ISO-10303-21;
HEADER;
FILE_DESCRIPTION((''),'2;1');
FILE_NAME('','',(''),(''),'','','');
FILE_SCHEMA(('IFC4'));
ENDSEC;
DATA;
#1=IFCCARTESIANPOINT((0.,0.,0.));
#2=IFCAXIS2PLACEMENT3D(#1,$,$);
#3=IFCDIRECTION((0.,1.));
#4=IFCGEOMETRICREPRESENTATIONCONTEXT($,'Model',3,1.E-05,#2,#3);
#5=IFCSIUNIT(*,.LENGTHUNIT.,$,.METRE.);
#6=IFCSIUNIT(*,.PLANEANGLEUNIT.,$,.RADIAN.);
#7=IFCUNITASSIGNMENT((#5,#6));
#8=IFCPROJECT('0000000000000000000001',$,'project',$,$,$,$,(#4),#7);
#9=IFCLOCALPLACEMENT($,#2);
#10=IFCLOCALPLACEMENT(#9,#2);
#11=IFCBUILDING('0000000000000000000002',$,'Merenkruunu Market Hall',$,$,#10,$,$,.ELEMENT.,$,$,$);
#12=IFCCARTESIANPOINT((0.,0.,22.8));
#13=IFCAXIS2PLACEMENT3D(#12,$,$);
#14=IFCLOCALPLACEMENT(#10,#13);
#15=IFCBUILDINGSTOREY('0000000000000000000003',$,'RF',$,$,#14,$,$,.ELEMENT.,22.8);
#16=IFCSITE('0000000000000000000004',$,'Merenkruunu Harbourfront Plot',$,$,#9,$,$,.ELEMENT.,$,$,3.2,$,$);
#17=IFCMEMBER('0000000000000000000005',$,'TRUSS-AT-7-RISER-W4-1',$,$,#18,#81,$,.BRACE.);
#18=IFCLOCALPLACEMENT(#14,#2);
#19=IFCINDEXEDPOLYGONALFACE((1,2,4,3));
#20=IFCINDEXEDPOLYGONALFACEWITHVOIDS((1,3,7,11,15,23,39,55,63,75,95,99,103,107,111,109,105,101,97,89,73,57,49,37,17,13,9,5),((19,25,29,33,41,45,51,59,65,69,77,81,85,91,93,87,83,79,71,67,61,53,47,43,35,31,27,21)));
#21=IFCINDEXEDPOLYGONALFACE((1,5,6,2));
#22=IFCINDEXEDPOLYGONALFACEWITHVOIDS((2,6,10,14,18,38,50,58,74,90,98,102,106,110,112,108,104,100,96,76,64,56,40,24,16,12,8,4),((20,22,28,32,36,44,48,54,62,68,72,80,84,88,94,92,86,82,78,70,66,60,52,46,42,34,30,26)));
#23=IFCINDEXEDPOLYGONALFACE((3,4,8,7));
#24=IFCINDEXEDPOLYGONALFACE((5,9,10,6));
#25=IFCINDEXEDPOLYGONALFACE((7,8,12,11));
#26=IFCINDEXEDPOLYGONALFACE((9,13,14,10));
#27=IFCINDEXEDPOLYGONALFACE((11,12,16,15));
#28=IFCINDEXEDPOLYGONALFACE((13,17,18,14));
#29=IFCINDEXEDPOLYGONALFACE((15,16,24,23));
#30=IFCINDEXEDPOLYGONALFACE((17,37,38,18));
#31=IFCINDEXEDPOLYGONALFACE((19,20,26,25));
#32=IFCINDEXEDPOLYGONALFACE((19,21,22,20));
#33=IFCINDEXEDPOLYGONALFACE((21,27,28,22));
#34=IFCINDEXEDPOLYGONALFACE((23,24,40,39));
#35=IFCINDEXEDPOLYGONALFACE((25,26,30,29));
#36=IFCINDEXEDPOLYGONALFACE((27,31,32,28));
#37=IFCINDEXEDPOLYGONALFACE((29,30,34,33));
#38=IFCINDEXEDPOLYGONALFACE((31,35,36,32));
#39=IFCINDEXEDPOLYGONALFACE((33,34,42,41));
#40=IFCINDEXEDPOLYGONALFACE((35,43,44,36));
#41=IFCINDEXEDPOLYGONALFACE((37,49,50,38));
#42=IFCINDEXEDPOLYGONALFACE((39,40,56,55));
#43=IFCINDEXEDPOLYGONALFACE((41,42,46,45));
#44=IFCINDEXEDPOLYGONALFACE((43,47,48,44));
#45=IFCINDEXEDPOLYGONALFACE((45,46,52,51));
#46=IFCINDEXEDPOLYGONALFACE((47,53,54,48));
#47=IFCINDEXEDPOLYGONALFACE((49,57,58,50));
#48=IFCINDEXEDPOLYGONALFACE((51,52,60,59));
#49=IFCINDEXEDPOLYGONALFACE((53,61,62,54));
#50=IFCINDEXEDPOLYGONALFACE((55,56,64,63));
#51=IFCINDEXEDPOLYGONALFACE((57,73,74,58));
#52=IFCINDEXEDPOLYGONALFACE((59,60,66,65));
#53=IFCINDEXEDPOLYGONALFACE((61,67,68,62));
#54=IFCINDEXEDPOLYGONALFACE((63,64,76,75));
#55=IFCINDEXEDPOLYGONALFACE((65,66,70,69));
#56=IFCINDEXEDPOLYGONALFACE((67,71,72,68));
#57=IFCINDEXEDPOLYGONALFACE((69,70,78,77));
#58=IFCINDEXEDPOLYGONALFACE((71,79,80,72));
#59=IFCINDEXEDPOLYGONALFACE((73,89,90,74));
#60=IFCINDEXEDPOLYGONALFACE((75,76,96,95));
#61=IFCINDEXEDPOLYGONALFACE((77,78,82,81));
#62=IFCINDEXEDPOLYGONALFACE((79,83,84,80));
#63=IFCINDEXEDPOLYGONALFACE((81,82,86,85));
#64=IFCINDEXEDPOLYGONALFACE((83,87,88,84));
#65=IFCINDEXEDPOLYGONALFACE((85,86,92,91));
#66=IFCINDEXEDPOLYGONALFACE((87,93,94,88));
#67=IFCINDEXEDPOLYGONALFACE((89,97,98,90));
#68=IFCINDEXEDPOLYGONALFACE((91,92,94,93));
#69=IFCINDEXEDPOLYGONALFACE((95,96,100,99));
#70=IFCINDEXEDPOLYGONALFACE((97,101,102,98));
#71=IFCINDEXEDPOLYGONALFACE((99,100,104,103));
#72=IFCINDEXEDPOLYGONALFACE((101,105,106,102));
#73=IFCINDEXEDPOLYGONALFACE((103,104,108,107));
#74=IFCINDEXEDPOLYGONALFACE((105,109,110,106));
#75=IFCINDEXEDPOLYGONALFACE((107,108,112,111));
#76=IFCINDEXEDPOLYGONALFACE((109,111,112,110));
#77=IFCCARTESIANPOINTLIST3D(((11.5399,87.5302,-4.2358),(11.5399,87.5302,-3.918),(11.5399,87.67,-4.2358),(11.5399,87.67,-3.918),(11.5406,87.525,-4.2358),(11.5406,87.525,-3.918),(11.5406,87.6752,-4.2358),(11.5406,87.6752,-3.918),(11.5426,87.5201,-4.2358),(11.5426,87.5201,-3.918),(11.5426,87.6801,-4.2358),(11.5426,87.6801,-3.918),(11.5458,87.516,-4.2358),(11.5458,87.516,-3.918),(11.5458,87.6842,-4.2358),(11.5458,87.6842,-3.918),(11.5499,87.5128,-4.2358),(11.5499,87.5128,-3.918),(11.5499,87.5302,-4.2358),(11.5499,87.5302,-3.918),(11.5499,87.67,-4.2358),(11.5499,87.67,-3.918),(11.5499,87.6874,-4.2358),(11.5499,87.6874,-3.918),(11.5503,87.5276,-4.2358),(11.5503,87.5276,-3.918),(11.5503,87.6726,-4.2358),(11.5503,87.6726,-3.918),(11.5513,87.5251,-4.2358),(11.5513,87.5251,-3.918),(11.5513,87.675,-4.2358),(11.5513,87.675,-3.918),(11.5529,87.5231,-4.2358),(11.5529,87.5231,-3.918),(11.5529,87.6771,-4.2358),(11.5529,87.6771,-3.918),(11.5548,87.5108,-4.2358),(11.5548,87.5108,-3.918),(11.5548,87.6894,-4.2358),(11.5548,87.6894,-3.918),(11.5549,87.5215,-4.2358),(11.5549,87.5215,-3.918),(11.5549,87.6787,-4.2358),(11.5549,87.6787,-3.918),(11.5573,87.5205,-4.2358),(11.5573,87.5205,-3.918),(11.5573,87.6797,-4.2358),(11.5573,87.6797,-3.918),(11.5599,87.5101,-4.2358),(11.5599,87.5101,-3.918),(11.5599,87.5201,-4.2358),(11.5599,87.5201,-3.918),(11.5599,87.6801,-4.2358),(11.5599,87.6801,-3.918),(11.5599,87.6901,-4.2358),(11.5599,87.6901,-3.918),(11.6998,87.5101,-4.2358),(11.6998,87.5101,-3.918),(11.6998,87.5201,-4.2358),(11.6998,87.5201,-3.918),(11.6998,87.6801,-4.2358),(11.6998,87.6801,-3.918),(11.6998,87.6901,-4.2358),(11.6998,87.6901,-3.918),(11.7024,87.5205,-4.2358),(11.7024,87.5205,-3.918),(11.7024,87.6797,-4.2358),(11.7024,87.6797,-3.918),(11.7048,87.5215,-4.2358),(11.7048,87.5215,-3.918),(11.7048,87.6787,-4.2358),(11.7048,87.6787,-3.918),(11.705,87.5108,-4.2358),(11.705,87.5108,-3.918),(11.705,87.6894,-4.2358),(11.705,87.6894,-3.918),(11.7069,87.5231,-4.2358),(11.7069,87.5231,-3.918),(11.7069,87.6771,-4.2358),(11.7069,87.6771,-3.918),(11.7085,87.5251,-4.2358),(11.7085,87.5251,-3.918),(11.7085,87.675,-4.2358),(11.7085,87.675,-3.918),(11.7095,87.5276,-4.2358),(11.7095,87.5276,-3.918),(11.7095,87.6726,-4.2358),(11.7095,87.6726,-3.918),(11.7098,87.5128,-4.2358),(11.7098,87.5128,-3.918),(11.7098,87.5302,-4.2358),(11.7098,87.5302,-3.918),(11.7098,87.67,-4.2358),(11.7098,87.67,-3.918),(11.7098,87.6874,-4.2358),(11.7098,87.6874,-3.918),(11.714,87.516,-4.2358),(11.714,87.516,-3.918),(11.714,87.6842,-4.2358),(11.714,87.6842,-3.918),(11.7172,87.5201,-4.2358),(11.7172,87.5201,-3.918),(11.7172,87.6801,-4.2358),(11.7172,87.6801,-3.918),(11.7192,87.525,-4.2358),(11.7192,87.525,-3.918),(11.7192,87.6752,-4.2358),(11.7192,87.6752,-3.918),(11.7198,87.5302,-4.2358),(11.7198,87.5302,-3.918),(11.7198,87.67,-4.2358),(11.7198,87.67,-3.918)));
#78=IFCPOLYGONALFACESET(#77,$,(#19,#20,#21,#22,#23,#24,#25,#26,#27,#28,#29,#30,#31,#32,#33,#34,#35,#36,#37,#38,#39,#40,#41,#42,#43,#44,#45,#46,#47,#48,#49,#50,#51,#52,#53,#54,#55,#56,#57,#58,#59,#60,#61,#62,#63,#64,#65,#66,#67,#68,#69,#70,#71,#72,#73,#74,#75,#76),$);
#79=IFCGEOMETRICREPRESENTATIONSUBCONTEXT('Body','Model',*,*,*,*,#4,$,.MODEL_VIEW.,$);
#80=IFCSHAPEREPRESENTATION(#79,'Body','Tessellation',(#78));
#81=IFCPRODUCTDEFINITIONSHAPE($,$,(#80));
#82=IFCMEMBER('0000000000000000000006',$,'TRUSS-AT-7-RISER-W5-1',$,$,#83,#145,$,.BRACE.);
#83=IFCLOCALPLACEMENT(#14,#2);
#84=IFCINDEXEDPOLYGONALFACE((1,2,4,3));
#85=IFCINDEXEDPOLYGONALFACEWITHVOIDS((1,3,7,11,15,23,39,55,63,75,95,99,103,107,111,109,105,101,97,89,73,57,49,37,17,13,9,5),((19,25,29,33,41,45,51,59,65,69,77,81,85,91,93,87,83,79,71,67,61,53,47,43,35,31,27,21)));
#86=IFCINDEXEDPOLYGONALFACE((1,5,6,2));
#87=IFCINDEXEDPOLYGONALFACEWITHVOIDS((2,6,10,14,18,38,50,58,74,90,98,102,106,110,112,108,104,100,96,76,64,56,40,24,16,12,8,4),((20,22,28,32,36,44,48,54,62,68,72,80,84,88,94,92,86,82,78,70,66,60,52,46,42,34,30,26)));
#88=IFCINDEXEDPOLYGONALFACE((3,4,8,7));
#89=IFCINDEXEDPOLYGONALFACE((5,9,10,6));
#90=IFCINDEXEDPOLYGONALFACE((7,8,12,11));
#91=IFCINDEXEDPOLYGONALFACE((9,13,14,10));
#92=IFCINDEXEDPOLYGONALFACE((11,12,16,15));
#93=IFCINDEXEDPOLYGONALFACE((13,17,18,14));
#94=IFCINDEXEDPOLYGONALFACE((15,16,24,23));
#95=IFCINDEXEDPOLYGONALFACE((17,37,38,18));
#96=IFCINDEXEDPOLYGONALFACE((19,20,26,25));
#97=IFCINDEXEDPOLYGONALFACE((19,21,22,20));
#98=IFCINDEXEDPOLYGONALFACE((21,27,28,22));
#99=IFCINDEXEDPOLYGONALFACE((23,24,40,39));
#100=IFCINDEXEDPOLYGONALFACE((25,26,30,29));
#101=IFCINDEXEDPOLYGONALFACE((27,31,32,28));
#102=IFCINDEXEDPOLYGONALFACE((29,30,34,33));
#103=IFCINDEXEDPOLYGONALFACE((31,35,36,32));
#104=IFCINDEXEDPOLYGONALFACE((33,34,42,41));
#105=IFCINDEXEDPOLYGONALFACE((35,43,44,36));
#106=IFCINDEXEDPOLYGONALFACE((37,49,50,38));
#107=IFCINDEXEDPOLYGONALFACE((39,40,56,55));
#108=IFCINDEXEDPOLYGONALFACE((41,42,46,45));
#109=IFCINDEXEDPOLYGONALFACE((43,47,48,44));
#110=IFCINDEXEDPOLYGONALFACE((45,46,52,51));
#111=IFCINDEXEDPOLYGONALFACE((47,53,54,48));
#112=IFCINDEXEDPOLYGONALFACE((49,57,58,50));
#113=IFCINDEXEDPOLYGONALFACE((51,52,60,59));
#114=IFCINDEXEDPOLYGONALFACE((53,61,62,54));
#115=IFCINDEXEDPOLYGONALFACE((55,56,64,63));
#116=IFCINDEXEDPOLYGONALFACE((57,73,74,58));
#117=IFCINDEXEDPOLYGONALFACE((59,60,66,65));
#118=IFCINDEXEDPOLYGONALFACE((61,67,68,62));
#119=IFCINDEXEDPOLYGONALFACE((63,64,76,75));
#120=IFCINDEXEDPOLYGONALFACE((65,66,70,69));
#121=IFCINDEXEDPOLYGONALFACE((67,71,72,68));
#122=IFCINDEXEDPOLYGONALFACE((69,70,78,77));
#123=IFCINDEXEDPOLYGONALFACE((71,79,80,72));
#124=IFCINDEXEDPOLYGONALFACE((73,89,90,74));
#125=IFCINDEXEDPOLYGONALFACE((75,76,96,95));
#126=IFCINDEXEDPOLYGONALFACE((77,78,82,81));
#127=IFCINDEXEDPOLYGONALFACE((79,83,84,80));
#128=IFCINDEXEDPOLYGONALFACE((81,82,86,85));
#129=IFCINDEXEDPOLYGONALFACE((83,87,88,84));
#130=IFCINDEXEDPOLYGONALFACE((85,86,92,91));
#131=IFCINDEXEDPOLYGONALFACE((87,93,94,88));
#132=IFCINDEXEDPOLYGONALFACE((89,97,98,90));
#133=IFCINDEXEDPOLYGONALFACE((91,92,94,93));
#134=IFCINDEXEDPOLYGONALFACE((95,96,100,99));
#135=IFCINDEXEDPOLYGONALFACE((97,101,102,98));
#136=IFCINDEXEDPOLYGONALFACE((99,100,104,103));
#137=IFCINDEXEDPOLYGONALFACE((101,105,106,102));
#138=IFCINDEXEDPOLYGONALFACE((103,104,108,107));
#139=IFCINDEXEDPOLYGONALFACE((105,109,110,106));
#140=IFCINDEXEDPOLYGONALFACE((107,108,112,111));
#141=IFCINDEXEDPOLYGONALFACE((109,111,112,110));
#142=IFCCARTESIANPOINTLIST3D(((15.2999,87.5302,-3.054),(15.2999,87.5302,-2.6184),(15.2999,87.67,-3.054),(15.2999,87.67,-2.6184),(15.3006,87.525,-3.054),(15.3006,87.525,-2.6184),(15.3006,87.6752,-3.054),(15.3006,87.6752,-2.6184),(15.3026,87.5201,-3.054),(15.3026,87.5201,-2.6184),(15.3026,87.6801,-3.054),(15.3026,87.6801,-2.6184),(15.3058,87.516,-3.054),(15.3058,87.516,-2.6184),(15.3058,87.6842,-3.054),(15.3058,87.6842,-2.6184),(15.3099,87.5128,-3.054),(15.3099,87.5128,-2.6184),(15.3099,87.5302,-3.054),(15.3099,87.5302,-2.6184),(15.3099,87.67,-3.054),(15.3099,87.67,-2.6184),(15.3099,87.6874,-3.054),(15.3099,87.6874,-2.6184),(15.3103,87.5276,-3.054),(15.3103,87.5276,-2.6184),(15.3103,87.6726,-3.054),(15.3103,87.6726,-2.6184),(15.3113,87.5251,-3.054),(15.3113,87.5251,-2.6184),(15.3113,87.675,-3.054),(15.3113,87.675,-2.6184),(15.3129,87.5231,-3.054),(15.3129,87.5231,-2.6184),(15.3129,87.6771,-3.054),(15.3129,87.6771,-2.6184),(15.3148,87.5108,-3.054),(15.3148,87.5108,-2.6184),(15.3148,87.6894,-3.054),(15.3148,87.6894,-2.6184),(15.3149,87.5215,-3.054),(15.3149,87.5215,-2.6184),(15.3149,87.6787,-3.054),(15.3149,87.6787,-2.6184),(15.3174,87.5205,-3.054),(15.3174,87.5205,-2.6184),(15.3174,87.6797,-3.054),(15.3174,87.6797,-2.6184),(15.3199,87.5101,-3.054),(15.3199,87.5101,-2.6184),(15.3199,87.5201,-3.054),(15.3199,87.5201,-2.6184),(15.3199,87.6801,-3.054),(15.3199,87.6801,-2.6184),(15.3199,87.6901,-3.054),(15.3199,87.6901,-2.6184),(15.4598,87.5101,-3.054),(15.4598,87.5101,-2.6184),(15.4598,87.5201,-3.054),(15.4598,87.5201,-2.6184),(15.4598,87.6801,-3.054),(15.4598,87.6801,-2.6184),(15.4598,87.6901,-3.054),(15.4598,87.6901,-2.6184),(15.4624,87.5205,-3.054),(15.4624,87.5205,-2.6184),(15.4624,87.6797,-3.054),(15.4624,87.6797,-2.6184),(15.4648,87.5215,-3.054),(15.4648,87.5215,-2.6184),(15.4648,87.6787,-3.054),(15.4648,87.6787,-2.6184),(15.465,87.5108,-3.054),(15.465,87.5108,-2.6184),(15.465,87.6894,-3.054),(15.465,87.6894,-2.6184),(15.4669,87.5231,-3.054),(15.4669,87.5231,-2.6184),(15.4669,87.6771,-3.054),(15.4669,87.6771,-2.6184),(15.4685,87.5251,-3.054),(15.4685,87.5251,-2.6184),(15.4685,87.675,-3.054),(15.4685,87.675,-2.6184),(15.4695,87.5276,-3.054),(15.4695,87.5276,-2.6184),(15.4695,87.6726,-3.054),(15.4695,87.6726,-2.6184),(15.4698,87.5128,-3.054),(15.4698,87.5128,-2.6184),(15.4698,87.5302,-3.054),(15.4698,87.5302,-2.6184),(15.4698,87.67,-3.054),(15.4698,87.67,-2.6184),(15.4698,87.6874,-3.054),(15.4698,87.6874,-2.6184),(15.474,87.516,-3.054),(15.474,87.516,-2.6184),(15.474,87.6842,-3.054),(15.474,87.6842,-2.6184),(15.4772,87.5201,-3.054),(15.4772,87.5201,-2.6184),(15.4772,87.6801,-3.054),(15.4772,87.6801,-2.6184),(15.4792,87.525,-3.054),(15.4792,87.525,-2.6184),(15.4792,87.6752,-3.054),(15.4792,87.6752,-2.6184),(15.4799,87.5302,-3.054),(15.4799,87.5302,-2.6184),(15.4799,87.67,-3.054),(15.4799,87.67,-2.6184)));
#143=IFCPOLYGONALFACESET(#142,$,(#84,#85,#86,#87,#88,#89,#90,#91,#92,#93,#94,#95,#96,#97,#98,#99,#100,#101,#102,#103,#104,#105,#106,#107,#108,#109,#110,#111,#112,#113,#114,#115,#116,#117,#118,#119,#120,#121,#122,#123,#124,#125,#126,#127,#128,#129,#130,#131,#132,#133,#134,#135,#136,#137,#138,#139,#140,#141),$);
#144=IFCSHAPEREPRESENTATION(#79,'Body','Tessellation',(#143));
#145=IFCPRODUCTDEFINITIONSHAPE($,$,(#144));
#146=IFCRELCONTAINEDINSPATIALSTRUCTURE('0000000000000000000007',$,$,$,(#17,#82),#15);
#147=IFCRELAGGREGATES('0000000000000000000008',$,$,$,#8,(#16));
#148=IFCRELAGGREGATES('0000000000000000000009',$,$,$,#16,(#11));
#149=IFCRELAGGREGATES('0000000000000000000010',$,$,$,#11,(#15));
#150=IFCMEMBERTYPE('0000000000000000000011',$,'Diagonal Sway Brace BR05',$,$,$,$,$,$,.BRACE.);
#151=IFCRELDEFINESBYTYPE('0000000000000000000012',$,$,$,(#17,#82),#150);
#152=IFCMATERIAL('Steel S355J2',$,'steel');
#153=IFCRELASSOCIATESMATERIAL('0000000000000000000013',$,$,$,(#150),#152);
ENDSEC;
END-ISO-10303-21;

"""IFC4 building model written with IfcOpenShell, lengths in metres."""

from ifc_helpers import new_model, si_unit, direction, frame, origin, origin_2d, place, context, subcontext, project, spatial, hollow_rectangle, extrude, material, material_profile, profile_set, type_object, element, save


model = new_model("IFC4")

# Units and contexts
model_context = context("Model", 3, precision=1e-05, world=origin(), true_north=direction((0.0, 1.0)))
body_context = subcontext(model_context, "Body", "Model", "MODEL_VIEW")
ifc_project = project(units=[si_unit("LENGTHUNIT", "METRE"), si_unit("PLANEANGLEUNIT", "RADIAN")], contexts=[model_context])

# Site, building, storey
site_placement = place(None, origin())
site = spatial("IfcSite", under=ifc_project, at=site_placement, Name="Merenkruunu Harbourfront Plot", CompositionType="ELEMENT", RefElevation=3.2)
building_placement = place(site_placement, origin())
building = spatial("IfcBuilding", under=site, at=building_placement, Name="Merenkruunu Market Hall", CompositionType="ELEMENT")
storey_placement = place(building_placement, frame((0.0, 0.0, 22.8)))
storey = spatial("IfcBuildingStorey", under=building, at=storey_placement, Name="RF", CompositionType="ELEMENT", Elevation=22.8)

# Members
ifc_material_1 = material(Name="Steel S355J2", Category="steel")
ifc_material_profile_1 = material_profile(ifc_material_1, hollow_rectangle(XDim=0.1799, YDim=0.1799, WallThickness=0.01, InnerFilletRadius=0.01, OuterFilletRadius=0.02, at=origin_2d()), Name="SHS 180x180x10")
ifc_profile_set_1 = profile_set([ifc_material_profile_1], Name="Steel S355J2")
member_type_1 = type_object("IfcMemberType", Name="Diagonal Sway Brace BR05", PredefinedType="BRACE", material=ifc_profile_set_1)
member_1_placement = place(storey_placement, frame((11.6299, 87.6001, -4.2358), z_axis=(0.0, 0.0, 1.0), x_axis=(1.0, 0.0, 0.0)))
element("IfcMember", 1, at=member_1_placement, inside=storey, type_object=member_type_1, Name="TRUSS-AT-7-RISER-W4-1", PredefinedType="BRACE", context=body_context, shape_type="SweptSolid", body=[
    extrude(hollow_rectangle(XDim=0.1799, YDim=0.1799, WallThickness=0.01, InnerFilletRadius=0.01, OuterFilletRadius=0.02, at=origin_2d()), origin(), (0.0, 0.0, 1.0), 0.3179),
])
member_2_placement = place(storey_placement, frame((15.3899, 87.6001, -3.054), z_axis=(0.0, 0.0, 1.0), x_axis=(1.0, 0.0, 0.0)))
element("IfcMember", 2, at=member_2_placement, inside=storey, type_object=member_type_1, Name="TRUSS-AT-7-RISER-W5-1", PredefinedType="BRACE", context=body_context, shape_type="SweptSolid", body=[
    extrude(hollow_rectangle(XDim=0.1799, YDim=0.1799, WallThickness=0.01, InnerFilletRadius=0.01, OuterFilletRadius=0.02, at=origin_2d()), origin(), (0.0, 0.0, 1.0), 0.4355),
])

save(model, "model.ifc")
